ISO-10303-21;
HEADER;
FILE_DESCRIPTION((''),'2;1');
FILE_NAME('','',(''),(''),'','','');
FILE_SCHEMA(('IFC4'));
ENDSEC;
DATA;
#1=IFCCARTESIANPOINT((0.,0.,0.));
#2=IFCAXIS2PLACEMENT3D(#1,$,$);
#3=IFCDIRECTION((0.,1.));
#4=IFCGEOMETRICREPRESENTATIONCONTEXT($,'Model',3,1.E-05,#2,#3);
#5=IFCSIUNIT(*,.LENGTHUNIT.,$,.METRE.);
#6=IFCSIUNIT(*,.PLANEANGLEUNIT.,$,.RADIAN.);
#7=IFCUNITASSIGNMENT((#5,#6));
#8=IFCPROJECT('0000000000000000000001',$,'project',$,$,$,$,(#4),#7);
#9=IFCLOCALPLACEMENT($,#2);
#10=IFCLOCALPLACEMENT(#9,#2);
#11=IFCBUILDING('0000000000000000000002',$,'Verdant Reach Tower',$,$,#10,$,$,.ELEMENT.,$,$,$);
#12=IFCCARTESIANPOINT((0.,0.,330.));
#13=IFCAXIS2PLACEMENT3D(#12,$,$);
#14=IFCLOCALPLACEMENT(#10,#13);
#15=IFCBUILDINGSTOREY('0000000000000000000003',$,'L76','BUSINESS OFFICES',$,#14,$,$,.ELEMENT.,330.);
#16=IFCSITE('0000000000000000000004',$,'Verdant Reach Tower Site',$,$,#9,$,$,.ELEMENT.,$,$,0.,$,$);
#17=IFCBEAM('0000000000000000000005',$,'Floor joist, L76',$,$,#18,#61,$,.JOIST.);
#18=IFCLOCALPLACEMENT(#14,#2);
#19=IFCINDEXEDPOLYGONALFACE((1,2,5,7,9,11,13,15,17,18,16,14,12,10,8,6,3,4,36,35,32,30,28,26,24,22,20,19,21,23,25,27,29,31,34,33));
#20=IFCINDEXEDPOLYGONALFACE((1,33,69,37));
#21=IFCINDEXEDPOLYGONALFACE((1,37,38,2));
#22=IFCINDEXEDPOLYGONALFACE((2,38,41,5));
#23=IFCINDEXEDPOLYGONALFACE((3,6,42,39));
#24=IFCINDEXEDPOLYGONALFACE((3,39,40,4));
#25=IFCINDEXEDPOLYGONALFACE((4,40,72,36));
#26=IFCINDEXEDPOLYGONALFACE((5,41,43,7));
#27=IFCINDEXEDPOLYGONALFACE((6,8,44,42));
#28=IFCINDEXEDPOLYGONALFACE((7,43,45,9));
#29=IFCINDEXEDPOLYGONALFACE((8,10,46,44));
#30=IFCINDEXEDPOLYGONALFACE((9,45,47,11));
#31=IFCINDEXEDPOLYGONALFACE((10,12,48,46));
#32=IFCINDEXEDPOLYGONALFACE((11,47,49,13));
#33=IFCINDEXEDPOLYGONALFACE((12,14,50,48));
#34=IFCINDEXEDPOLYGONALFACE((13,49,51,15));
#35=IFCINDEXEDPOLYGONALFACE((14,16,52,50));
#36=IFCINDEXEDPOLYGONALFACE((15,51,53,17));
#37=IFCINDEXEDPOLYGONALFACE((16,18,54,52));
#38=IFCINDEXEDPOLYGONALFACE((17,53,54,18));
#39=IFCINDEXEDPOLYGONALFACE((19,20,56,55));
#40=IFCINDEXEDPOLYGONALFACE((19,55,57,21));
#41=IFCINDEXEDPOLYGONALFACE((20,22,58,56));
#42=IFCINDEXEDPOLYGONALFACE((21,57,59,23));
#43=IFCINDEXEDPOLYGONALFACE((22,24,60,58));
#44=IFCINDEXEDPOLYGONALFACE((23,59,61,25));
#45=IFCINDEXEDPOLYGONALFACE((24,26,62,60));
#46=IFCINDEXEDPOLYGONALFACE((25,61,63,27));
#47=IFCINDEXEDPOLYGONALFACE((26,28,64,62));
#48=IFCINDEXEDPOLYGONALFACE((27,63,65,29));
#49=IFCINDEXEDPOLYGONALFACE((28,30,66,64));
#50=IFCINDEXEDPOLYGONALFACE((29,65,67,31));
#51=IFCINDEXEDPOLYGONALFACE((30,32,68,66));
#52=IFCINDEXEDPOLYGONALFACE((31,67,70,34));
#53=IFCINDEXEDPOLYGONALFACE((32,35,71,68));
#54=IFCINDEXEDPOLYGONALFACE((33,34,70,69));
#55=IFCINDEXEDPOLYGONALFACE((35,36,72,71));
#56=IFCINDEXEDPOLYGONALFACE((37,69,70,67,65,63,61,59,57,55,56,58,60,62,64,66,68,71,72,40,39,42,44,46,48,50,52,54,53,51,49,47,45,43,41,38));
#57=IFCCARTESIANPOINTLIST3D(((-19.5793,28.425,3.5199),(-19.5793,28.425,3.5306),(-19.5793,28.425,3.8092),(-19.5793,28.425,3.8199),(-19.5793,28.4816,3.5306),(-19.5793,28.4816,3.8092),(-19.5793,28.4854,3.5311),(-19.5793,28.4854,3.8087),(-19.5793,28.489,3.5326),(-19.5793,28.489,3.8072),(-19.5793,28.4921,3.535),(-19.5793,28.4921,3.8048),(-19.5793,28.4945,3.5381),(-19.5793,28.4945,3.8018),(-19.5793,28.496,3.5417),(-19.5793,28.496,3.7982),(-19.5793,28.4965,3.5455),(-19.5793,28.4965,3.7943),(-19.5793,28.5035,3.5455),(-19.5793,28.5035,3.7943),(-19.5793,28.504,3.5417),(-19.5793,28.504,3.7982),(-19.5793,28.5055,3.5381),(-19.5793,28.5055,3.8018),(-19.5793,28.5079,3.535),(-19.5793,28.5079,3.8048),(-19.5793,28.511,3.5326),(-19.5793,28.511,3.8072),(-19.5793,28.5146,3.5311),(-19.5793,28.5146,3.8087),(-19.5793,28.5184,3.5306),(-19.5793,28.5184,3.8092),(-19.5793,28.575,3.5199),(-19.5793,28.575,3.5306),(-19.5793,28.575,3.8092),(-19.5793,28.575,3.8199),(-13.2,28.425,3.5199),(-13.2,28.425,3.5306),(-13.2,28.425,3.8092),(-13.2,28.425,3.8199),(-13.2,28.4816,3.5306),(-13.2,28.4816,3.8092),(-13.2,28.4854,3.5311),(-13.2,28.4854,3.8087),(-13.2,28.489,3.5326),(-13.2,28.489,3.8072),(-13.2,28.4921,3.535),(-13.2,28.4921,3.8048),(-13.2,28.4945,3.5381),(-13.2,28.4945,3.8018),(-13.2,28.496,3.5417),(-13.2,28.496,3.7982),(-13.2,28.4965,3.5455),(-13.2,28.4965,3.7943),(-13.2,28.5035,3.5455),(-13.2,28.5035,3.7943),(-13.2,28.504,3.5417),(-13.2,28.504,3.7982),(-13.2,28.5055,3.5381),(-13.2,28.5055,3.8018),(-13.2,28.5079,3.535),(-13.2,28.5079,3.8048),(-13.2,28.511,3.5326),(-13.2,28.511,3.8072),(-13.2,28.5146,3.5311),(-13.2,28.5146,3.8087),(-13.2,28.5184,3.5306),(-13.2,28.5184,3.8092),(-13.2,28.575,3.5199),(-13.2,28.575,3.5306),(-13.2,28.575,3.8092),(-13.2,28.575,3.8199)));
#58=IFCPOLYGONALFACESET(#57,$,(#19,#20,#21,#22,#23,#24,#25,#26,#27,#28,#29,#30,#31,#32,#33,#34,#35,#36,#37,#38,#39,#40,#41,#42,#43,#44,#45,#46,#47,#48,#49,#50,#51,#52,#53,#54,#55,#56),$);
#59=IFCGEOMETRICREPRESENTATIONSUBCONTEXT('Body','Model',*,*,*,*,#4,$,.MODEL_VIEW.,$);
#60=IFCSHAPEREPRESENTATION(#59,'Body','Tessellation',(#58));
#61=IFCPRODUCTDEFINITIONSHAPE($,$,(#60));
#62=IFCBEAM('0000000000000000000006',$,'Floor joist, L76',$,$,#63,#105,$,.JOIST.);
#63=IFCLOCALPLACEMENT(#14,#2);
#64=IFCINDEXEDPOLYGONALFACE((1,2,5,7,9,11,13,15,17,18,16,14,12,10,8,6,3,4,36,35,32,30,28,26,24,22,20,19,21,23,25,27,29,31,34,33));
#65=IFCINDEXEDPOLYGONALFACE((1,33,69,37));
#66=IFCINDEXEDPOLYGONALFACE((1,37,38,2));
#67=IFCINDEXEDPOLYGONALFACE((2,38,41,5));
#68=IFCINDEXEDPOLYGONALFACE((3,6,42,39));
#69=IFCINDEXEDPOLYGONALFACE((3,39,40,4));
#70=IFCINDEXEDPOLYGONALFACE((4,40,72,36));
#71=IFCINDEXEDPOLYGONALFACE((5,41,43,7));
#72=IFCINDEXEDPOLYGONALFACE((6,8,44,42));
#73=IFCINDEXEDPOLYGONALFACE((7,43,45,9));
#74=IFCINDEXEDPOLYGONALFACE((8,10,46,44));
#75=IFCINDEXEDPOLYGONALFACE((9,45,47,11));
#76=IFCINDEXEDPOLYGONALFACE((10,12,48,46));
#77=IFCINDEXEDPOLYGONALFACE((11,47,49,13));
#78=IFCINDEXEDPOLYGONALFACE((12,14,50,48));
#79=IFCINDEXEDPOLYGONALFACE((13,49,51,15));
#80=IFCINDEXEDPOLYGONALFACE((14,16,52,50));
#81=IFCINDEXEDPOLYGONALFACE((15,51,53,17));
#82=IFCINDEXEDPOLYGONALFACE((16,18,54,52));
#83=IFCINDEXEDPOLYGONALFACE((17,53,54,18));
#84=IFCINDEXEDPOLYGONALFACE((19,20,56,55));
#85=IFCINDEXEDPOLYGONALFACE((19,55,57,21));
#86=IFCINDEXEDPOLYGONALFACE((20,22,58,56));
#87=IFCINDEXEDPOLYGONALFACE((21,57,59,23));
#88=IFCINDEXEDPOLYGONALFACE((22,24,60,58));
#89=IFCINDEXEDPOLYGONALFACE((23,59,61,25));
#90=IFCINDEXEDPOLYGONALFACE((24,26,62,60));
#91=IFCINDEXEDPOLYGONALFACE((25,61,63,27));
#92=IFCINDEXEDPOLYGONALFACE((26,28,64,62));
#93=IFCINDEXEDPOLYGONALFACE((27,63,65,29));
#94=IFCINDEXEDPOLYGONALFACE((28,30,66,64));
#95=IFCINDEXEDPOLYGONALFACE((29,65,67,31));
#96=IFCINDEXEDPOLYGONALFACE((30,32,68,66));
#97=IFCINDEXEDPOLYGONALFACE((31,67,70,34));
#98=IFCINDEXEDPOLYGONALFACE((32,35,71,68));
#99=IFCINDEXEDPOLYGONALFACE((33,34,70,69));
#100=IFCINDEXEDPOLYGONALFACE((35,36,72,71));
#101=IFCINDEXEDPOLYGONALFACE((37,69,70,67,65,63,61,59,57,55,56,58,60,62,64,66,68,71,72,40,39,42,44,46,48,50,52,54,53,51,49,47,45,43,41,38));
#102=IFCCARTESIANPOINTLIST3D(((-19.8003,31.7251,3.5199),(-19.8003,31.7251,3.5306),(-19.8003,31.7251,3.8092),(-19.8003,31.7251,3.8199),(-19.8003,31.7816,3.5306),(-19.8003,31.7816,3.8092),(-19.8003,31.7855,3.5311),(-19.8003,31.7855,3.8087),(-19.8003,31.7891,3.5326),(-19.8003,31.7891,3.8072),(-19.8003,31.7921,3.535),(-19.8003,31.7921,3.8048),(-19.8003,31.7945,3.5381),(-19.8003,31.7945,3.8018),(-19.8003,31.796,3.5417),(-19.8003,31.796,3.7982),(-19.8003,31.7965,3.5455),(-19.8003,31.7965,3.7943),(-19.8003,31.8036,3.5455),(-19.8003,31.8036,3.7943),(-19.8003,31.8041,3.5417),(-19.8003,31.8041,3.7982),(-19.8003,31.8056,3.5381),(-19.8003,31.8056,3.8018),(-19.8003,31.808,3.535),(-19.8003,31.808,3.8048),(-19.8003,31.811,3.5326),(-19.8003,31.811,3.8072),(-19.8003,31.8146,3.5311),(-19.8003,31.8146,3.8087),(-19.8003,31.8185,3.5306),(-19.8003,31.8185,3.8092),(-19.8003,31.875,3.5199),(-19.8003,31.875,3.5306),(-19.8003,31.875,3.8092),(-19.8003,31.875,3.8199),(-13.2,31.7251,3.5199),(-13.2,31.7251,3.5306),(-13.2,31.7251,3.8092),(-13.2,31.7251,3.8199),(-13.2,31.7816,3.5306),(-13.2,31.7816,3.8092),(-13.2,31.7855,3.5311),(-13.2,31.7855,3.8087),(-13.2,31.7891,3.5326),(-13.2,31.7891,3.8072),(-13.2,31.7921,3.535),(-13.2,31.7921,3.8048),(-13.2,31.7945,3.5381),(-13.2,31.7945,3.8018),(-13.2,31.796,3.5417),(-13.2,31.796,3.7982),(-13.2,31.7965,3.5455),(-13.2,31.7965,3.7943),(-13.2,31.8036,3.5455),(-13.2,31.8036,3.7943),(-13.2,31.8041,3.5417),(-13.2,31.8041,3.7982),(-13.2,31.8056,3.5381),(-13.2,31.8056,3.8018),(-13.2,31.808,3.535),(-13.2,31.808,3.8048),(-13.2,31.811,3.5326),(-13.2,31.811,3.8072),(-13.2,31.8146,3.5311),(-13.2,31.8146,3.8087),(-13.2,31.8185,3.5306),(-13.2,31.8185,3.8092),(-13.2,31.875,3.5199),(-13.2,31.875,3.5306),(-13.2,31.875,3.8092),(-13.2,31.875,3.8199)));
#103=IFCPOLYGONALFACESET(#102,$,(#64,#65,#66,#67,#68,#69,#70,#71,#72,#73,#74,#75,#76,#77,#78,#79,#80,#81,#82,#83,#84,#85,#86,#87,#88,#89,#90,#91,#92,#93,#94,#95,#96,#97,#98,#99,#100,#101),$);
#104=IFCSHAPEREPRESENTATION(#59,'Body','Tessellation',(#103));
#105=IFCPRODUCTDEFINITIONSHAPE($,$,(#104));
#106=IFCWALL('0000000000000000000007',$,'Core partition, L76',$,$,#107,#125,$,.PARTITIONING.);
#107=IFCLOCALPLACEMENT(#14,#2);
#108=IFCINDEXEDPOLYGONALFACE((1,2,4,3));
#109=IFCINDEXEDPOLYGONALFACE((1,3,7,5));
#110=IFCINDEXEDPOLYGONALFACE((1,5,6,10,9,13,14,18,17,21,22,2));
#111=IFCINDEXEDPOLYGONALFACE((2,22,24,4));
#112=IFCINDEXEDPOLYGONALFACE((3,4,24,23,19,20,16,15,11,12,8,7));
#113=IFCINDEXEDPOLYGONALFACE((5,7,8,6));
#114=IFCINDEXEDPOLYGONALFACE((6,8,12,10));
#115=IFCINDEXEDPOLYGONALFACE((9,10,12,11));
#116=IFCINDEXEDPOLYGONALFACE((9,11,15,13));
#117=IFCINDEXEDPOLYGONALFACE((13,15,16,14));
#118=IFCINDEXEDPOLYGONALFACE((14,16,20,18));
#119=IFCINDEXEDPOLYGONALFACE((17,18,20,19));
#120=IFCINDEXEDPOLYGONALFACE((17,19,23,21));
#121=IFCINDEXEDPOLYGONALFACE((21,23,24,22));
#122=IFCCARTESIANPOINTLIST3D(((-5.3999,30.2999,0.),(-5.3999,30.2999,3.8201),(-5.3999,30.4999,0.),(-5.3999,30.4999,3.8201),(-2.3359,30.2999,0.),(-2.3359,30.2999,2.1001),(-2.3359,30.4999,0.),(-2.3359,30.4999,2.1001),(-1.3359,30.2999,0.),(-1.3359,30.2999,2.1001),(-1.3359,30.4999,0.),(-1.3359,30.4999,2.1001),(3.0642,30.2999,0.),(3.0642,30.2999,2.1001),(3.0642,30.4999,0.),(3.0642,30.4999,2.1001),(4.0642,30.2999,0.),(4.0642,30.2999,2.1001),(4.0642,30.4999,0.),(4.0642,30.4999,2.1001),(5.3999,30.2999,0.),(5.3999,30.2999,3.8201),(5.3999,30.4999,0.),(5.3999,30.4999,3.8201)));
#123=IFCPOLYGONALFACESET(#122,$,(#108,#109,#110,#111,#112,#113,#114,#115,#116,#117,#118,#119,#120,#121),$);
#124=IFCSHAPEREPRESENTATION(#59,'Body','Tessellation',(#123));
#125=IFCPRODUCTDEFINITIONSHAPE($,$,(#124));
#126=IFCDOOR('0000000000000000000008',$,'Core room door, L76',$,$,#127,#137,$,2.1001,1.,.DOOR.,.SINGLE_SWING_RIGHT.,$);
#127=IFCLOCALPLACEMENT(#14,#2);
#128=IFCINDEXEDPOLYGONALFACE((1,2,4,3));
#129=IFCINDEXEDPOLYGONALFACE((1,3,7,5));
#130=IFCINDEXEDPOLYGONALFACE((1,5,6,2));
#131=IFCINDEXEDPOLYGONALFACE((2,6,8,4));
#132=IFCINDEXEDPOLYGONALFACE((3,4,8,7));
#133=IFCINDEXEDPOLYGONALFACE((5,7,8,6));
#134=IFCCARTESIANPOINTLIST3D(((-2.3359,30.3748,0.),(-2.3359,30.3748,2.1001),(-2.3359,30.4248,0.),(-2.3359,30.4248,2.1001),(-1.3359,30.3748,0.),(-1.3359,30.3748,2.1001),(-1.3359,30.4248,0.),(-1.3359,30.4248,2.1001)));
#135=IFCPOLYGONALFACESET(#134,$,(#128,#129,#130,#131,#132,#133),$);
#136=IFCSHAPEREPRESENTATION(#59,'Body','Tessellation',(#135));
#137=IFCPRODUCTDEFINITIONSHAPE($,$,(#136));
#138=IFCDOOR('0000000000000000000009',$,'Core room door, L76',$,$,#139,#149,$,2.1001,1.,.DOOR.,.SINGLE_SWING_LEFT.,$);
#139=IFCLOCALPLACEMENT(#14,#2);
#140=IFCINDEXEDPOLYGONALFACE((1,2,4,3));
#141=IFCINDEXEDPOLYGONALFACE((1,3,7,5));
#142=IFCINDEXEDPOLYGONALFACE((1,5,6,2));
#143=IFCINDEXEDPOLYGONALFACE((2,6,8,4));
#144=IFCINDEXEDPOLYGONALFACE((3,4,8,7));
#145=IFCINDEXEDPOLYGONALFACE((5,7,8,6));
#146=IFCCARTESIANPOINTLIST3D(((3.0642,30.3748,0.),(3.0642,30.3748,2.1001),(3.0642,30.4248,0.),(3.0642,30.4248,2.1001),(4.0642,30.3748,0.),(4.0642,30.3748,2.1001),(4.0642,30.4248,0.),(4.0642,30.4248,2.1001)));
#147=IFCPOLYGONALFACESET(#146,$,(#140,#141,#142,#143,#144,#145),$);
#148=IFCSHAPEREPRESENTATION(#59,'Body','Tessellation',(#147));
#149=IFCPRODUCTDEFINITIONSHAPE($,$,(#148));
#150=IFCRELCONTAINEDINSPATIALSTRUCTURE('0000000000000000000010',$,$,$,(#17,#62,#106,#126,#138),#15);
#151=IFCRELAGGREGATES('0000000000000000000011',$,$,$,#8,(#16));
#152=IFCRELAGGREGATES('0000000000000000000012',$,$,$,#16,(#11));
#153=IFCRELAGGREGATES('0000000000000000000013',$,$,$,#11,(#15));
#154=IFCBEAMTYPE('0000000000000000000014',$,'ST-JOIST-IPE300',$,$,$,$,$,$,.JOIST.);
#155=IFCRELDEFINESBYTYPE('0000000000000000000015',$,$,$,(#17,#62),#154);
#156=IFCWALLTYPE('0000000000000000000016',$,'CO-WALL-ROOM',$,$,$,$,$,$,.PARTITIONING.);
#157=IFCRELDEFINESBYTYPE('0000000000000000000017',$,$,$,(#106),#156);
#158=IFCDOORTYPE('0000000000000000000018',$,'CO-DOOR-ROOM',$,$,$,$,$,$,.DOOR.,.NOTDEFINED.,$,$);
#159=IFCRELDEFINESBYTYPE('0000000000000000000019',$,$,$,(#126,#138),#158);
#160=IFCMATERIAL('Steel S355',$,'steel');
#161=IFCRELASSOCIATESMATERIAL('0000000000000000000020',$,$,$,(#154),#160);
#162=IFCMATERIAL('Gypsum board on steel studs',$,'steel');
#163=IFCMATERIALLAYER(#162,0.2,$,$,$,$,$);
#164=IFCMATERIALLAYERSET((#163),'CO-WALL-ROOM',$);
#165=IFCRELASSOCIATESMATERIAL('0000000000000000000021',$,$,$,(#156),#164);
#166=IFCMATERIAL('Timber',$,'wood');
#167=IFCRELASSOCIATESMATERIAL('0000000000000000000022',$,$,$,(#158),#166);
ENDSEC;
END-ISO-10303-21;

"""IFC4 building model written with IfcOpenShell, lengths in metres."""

from ifc_helpers import new_model, si_unit, direction, frame, frame_2d, origin, origin_2d, place, context, subcontext, project, spatial, rectangle, i_section, extrude, material, layer, layer_set, material_profile, profile_set, type_object, element, fill, save


model = new_model("IFC4")

# Units and contexts
model_context = context("Model", 3, precision=1e-05, world=origin(), true_north=direction((0.0, 1.0)))
body_context = subcontext(model_context, "Body", "Model", "MODEL_VIEW")
ifc_project = project(units=[si_unit("LENGTHUNIT", "METRE"), si_unit("PLANEANGLEUNIT", "RADIAN")], contexts=[model_context])

# Site, building, storey
site_placement = place(None, origin())
site = spatial("IfcSite", under=ifc_project, at=site_placement, Name="Verdant Reach Tower Site", CompositionType="ELEMENT", RefElevation=0.0)
building_placement = place(site_placement, origin())
building = spatial("IfcBuilding", under=site, at=building_placement, Name="Verdant Reach Tower", CompositionType="ELEMENT")
storey_placement = place(building_placement, frame((0.0, 0.0, 330.0)))
storey = spatial("IfcBuildingStorey", under=building, at=storey_placement, Name="L76", Description="BUSINESS OFFICES", CompositionType="ELEMENT", Elevation=330.0)

# Beams
ifc_material_1 = material(Name="Steel S355", Category="steel")
ifc_material_profile = material_profile(ifc_material_1, i_section(OverallWidth=0.1499, OverallDepth=0.3, WebThickness=0.0071, FlangeThickness=0.0107, FilletRadius=0.0149, at=origin_2d()), Name="IPE 300")
ifc_profile_set = profile_set([ifc_material_profile], Name="Steel S355")
beam_type = type_object("IfcBeamType", Name="ST-JOIST-IPE300", PredefinedType="JOIST", material=ifc_profile_set)
beam_1_placement = place(storey_placement, frame((-13.2, 28.5, 3.6699), z_axis=(-1.0, 0.0, 0.0), x_axis=(0.0, -1.0, 0.0)))
element("IfcBeam", 1, at=beam_1_placement, inside=storey, type_object=beam_type, Name="Floor joist, L76", PredefinedType="JOIST", context=body_context, shape_type="SweptSolid", body=[
    extrude(i_section(OverallWidth=0.1499, OverallDepth=0.3, WebThickness=0.0071, FlangeThickness=0.0107, FilletRadius=0.0149, at=origin_2d()), origin(), (0.0, 0.0, 1.0), 6.3794),
])
beam_2_placement = place(storey_placement, frame((-13.2, 31.8, 3.6699), z_axis=(-1.0, 0.0, 0.0), x_axis=(0.0, -1.0, 0.0)))
element("IfcBeam", 2, at=beam_2_placement, inside=storey, type_object=beam_type, Name="Floor joist, L76", PredefinedType="JOIST", context=body_context, shape_type="SweptSolid", body=[
    extrude(i_section(OverallWidth=0.1499, OverallDepth=0.3, WebThickness=0.0071, FlangeThickness=0.0107, FilletRadius=0.0149, at=origin_2d()), origin(), (0.0, 0.0, 1.0), 6.6003),
])

# Wall, openings, doors
ifc_material_2 = material(Name="Gypsum board on steel studs", Category="steel")
ifc_layer_1 = layer(ifc_material_2, 0.2)
ifc_layer_set_1 = layer_set([ifc_layer_1], Name="CO-WALL-ROOM")
wall_type_1 = type_object("IfcWallType", Name="CO-WALL-ROOM", PredefinedType="PARTITIONING", material=ifc_layer_set_1)
wall_1_placement = place(storey_placement, frame((-5.3999, 30.3999, 0.0), z_axis=(0.0, 0.0, 1.0), x_axis=(1.0, 0.0, 0.0)))
wall_1 = element("IfcWall", 3, at=wall_1_placement, inside=storey, type_object=wall_type_1, Name="Core partition, L76", PredefinedType="PARTITIONING", context=body_context, shape_type="SweptSolid", body=[
    extrude(rectangle(XDim=10.7998, YDim=0.2, at=frame_2d((5.3999, 0.0))), origin(), (0.0, 0.0, 1.0), 3.8201),
])
opening_1_placement = place(wall_1_placement, frame((3.064, 0.0, 0.0)))
opening_1 = element("IfcOpeningElement", 4, at=opening_1_placement, cuts=wall_1, PredefinedType="OPENING", context=body_context, shape_type="SweptSolid", body=[
    extrude(rectangle(XDim=1.0, YDim=2.1001, at=frame_2d((0.5, 1.05))), frame((0.0, 0.1099, 0.0), z_axis=(0.0, -1.0, 0.0), x_axis=(1.0, 0.0, 0.0)), (0.0, 0.0, 1.0), 0.22),
])
opening_2_placement = place(wall_1_placement, frame((8.4641, 0.0, 0.0)))
opening_2 = element("IfcOpeningElement", 5, at=opening_2_placement, cuts=wall_1, PredefinedType="OPENING", context=body_context, shape_type="SweptSolid", body=[
    extrude(rectangle(XDim=1.0, YDim=2.1001, at=frame_2d((0.5, 1.05))), frame((0.0, 0.1099, 0.0), z_axis=(0.0, -1.0, 0.0), x_axis=(1.0, 0.0, 0.0)), (0.0, 0.0, 1.0), 0.22),
])
ifc_material_3 = material(Name="Timber", Category="wood")
door_type_1 = type_object("IfcDoorType", Name="CO-DOOR-ROOM", OperationType="NOTDEFINED", PredefinedType="DOOR", material=ifc_material_3)
door_1_placement = place(opening_1_placement, origin())
door_1 = element("IfcDoor", 6, at=door_1_placement, inside=storey, type_object=door_type_1, Name="Core room door, L76", OperationType="SINGLE_SWING_RIGHT", OverallHeight=2.1001, OverallWidth=1.0, PredefinedType="DOOR", context=body_context, shape_type="SweptSolid", body=[
    extrude(rectangle(XDim=1.0, YDim=2.1001, at=frame_2d((0.5, 1.05))), frame((0.0, 0.0249, 0.0), z_axis=(0.0, -1.0, 0.0), x_axis=(1.0, 0.0, 0.0)), (0.0, 0.0, 1.0), 0.05),
])
fill(opening_1, door_1)
door_2_placement = place(opening_2_placement, origin())
door_2 = element("IfcDoor", 7, at=door_2_placement, inside=storey, type_object=door_type_1, Name="Core room door, L76", OperationType="SINGLE_SWING_LEFT", OverallHeight=2.1001, OverallWidth=1.0, PredefinedType="DOOR", context=body_context, shape_type="SweptSolid", body=[
    extrude(rectangle(XDim=1.0, YDim=2.1001, at=frame_2d((0.5, 1.05))), frame((0.0, 0.0249, 0.0), z_axis=(0.0, -1.0, 0.0), x_axis=(1.0, 0.0, 0.0)), (0.0, 0.0, 1.0), 0.05),
])
fill(opening_2, door_2)

save(model, "model.ifc")
